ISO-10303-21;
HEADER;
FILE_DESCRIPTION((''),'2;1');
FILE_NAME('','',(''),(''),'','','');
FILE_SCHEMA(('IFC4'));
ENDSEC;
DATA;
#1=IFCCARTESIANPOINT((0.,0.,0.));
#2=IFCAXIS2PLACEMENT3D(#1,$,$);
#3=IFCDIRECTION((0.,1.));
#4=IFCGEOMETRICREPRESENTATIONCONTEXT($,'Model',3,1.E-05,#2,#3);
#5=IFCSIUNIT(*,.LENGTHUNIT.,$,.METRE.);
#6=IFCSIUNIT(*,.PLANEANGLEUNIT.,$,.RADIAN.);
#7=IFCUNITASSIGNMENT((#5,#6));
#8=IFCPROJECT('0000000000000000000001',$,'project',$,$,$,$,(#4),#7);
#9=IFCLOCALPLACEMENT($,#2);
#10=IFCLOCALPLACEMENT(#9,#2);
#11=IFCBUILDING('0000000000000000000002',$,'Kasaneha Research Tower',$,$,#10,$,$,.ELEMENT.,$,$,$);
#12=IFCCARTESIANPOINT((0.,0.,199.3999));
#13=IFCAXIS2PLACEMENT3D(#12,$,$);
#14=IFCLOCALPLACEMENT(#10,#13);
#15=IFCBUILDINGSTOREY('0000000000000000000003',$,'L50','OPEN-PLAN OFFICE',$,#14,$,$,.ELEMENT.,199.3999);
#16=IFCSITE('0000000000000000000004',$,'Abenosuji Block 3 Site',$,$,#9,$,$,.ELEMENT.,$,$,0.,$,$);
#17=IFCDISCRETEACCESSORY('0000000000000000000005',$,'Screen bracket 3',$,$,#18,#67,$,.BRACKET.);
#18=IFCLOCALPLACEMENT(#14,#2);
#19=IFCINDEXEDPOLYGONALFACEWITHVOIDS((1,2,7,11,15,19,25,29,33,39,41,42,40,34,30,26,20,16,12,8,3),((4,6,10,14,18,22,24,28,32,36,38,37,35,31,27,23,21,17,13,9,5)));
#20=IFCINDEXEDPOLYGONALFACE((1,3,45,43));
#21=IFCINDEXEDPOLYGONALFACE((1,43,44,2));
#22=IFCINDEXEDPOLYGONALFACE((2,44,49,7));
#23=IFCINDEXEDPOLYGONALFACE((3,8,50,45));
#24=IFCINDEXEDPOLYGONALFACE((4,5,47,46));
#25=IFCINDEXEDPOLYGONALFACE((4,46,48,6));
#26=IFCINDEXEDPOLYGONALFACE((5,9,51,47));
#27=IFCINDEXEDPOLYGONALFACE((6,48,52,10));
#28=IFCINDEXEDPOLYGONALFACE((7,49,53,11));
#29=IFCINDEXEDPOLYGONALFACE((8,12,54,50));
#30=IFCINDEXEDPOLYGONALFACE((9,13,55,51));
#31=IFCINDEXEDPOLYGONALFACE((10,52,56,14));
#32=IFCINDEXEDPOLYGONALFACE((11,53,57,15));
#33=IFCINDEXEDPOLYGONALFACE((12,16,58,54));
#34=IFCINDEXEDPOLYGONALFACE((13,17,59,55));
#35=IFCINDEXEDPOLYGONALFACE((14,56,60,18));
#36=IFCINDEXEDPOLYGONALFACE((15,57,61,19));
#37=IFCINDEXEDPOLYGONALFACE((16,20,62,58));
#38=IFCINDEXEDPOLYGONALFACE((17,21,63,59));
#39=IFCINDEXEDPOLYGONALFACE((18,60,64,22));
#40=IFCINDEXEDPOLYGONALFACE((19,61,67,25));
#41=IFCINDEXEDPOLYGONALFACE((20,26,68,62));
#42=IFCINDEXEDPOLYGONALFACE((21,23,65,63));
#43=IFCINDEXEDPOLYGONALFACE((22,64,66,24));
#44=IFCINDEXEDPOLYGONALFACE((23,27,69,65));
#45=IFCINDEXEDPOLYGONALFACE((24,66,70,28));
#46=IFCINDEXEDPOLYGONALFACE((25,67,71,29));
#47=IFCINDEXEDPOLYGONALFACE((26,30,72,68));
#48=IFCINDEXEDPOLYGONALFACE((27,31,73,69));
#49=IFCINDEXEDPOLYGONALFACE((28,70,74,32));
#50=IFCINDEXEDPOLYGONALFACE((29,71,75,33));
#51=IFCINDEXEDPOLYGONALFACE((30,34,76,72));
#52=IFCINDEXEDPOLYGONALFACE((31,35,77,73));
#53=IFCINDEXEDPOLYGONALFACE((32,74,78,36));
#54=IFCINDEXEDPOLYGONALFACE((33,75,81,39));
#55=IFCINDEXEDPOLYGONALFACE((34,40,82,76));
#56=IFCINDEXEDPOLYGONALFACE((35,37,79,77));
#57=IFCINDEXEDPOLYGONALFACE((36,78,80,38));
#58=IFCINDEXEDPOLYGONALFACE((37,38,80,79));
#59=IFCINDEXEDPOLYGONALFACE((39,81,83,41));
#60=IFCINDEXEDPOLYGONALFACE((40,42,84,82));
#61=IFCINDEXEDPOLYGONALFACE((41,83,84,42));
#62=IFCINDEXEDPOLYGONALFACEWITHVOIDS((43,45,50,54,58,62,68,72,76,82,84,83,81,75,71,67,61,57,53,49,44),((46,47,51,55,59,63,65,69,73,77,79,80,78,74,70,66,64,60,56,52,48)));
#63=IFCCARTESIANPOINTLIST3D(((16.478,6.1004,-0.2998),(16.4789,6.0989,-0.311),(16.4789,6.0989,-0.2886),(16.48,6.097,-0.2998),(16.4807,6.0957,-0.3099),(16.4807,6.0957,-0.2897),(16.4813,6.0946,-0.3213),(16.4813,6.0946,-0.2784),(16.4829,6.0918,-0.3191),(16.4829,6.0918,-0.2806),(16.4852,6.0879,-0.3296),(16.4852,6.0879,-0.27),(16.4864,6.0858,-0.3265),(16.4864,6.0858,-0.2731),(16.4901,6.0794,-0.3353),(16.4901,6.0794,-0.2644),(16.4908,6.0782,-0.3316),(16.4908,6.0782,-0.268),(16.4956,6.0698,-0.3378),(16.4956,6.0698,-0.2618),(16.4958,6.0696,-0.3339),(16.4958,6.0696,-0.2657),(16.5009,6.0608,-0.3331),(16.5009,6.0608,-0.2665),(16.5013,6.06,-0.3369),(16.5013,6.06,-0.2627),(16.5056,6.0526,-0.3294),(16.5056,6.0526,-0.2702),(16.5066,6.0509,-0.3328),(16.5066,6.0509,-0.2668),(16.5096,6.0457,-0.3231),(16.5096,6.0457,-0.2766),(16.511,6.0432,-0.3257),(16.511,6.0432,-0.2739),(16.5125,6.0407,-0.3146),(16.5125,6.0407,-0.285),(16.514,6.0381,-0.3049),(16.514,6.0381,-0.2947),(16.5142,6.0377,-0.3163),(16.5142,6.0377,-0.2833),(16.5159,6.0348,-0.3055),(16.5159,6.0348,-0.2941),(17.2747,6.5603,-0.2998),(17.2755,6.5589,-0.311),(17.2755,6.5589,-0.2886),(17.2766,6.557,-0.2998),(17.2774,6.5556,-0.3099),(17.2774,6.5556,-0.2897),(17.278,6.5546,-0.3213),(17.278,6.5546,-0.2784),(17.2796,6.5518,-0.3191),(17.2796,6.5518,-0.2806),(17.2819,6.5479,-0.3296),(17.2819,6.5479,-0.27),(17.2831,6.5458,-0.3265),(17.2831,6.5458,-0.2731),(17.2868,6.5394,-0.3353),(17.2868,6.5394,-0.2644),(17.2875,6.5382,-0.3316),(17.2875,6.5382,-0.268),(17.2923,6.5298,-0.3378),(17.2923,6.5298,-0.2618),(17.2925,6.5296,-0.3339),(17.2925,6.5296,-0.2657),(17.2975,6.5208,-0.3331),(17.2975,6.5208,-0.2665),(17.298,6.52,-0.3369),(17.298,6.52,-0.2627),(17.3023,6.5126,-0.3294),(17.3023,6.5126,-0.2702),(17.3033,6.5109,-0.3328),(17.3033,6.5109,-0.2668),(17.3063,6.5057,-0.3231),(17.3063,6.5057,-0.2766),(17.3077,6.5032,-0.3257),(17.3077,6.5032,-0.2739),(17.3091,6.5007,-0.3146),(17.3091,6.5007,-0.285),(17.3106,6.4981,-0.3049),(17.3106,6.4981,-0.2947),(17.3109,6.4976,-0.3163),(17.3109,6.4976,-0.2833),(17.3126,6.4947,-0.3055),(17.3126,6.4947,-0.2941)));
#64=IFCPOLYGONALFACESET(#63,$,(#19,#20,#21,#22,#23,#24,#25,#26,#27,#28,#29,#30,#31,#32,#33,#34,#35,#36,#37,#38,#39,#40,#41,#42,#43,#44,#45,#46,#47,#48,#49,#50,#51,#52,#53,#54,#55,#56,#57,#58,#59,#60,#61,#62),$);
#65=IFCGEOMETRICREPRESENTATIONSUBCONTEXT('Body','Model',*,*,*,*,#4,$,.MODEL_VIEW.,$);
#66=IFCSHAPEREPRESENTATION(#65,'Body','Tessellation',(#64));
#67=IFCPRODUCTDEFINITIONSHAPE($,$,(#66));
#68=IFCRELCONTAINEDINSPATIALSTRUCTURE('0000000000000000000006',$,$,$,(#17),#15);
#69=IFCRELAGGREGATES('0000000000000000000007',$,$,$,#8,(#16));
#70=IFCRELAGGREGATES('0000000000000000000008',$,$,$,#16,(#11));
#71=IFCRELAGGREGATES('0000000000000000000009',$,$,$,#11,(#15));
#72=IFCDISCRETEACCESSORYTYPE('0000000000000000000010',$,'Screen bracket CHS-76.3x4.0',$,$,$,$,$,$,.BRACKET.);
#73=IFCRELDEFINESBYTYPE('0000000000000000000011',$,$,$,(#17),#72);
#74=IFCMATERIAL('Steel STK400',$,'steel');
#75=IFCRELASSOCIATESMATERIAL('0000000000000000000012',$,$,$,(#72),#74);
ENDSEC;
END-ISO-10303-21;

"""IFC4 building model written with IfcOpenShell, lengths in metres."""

from ifc_helpers import new_model, si_unit, direction, frame, origin, origin_2d, place, context, subcontext, project, spatial, hollow_circle, extrude, material, material_profile, profile_set, type_object, element, save


model = new_model("IFC4")

# Units and contexts
model_context = context("Model", 3, precision=1e-05, world=origin(), true_north=direction((0.0, 1.0)))
body_context = subcontext(model_context, "Body", "Model", "MODEL_VIEW")
ifc_project = project(units=[si_unit("LENGTHUNIT", "METRE"), si_unit("PLANEANGLEUNIT", "RADIAN")], contexts=[model_context])

# Site, building, storey
site_placement = place(None, origin())
site = spatial("IfcSite", under=ifc_project, at=site_placement, Name="Abenosuji Block 3 Site", CompositionType="ELEMENT", RefElevation=0.0)
building_placement = place(site_placement, origin())
building = spatial("IfcBuilding", under=site, at=building_placement, Name="Kasaneha Research Tower", CompositionType="ELEMENT")
storey_placement = place(building_placement, frame((0.0, 0.0, 199.3999)))
storey = spatial("IfcBuildingStorey", under=building, at=storey_placement, Name="L50", Description="OPEN-PLAN OFFICE", CompositionType="ELEMENT", Elevation=199.3999)

# Discrete accessory
ifc_material_1 = material(Name="Steel STK400", Category="steel")
ifc_material_profile_1 = material_profile(ifc_material_1, hollow_circle(Radius=0.0381, WallThickness=0.0039, at=origin_2d()), Name="CHS-76.3x4.0")
ifc_profile_set_1 = profile_set([ifc_material_profile_1], Name="Steel STK400")
discrete_accessory_type = type_object("IfcDiscreteAccessoryType", Name="Screen bracket CHS-76.3x4.0", PredefinedType="BRACKET", material=ifc_profile_set_1)
for number, where, z_axis, x_axis, name in (
    (1, (16.4971, 6.0674, -0.2998), (0.866013, 0.500021, 0.0), (-0.500021, 0.866013, 0.0), "Screen bracket 3"),
):
    element("IfcDiscreteAccessory", number, at=place(storey_placement, frame(where, z_axis=z_axis, x_axis=x_axis)), inside=storey, type_object=discrete_accessory_type, Name=name, PredefinedType="BRACKET", context=body_context, shape_type="SweptSolid", body=[
        extrude(hollow_circle(Radius=0.0381, WallThickness=0.0039, at=origin_2d()), origin(), (0.0, 0.0, 1.0), 0.9199),
    ])

save(model, "model.ifc")
